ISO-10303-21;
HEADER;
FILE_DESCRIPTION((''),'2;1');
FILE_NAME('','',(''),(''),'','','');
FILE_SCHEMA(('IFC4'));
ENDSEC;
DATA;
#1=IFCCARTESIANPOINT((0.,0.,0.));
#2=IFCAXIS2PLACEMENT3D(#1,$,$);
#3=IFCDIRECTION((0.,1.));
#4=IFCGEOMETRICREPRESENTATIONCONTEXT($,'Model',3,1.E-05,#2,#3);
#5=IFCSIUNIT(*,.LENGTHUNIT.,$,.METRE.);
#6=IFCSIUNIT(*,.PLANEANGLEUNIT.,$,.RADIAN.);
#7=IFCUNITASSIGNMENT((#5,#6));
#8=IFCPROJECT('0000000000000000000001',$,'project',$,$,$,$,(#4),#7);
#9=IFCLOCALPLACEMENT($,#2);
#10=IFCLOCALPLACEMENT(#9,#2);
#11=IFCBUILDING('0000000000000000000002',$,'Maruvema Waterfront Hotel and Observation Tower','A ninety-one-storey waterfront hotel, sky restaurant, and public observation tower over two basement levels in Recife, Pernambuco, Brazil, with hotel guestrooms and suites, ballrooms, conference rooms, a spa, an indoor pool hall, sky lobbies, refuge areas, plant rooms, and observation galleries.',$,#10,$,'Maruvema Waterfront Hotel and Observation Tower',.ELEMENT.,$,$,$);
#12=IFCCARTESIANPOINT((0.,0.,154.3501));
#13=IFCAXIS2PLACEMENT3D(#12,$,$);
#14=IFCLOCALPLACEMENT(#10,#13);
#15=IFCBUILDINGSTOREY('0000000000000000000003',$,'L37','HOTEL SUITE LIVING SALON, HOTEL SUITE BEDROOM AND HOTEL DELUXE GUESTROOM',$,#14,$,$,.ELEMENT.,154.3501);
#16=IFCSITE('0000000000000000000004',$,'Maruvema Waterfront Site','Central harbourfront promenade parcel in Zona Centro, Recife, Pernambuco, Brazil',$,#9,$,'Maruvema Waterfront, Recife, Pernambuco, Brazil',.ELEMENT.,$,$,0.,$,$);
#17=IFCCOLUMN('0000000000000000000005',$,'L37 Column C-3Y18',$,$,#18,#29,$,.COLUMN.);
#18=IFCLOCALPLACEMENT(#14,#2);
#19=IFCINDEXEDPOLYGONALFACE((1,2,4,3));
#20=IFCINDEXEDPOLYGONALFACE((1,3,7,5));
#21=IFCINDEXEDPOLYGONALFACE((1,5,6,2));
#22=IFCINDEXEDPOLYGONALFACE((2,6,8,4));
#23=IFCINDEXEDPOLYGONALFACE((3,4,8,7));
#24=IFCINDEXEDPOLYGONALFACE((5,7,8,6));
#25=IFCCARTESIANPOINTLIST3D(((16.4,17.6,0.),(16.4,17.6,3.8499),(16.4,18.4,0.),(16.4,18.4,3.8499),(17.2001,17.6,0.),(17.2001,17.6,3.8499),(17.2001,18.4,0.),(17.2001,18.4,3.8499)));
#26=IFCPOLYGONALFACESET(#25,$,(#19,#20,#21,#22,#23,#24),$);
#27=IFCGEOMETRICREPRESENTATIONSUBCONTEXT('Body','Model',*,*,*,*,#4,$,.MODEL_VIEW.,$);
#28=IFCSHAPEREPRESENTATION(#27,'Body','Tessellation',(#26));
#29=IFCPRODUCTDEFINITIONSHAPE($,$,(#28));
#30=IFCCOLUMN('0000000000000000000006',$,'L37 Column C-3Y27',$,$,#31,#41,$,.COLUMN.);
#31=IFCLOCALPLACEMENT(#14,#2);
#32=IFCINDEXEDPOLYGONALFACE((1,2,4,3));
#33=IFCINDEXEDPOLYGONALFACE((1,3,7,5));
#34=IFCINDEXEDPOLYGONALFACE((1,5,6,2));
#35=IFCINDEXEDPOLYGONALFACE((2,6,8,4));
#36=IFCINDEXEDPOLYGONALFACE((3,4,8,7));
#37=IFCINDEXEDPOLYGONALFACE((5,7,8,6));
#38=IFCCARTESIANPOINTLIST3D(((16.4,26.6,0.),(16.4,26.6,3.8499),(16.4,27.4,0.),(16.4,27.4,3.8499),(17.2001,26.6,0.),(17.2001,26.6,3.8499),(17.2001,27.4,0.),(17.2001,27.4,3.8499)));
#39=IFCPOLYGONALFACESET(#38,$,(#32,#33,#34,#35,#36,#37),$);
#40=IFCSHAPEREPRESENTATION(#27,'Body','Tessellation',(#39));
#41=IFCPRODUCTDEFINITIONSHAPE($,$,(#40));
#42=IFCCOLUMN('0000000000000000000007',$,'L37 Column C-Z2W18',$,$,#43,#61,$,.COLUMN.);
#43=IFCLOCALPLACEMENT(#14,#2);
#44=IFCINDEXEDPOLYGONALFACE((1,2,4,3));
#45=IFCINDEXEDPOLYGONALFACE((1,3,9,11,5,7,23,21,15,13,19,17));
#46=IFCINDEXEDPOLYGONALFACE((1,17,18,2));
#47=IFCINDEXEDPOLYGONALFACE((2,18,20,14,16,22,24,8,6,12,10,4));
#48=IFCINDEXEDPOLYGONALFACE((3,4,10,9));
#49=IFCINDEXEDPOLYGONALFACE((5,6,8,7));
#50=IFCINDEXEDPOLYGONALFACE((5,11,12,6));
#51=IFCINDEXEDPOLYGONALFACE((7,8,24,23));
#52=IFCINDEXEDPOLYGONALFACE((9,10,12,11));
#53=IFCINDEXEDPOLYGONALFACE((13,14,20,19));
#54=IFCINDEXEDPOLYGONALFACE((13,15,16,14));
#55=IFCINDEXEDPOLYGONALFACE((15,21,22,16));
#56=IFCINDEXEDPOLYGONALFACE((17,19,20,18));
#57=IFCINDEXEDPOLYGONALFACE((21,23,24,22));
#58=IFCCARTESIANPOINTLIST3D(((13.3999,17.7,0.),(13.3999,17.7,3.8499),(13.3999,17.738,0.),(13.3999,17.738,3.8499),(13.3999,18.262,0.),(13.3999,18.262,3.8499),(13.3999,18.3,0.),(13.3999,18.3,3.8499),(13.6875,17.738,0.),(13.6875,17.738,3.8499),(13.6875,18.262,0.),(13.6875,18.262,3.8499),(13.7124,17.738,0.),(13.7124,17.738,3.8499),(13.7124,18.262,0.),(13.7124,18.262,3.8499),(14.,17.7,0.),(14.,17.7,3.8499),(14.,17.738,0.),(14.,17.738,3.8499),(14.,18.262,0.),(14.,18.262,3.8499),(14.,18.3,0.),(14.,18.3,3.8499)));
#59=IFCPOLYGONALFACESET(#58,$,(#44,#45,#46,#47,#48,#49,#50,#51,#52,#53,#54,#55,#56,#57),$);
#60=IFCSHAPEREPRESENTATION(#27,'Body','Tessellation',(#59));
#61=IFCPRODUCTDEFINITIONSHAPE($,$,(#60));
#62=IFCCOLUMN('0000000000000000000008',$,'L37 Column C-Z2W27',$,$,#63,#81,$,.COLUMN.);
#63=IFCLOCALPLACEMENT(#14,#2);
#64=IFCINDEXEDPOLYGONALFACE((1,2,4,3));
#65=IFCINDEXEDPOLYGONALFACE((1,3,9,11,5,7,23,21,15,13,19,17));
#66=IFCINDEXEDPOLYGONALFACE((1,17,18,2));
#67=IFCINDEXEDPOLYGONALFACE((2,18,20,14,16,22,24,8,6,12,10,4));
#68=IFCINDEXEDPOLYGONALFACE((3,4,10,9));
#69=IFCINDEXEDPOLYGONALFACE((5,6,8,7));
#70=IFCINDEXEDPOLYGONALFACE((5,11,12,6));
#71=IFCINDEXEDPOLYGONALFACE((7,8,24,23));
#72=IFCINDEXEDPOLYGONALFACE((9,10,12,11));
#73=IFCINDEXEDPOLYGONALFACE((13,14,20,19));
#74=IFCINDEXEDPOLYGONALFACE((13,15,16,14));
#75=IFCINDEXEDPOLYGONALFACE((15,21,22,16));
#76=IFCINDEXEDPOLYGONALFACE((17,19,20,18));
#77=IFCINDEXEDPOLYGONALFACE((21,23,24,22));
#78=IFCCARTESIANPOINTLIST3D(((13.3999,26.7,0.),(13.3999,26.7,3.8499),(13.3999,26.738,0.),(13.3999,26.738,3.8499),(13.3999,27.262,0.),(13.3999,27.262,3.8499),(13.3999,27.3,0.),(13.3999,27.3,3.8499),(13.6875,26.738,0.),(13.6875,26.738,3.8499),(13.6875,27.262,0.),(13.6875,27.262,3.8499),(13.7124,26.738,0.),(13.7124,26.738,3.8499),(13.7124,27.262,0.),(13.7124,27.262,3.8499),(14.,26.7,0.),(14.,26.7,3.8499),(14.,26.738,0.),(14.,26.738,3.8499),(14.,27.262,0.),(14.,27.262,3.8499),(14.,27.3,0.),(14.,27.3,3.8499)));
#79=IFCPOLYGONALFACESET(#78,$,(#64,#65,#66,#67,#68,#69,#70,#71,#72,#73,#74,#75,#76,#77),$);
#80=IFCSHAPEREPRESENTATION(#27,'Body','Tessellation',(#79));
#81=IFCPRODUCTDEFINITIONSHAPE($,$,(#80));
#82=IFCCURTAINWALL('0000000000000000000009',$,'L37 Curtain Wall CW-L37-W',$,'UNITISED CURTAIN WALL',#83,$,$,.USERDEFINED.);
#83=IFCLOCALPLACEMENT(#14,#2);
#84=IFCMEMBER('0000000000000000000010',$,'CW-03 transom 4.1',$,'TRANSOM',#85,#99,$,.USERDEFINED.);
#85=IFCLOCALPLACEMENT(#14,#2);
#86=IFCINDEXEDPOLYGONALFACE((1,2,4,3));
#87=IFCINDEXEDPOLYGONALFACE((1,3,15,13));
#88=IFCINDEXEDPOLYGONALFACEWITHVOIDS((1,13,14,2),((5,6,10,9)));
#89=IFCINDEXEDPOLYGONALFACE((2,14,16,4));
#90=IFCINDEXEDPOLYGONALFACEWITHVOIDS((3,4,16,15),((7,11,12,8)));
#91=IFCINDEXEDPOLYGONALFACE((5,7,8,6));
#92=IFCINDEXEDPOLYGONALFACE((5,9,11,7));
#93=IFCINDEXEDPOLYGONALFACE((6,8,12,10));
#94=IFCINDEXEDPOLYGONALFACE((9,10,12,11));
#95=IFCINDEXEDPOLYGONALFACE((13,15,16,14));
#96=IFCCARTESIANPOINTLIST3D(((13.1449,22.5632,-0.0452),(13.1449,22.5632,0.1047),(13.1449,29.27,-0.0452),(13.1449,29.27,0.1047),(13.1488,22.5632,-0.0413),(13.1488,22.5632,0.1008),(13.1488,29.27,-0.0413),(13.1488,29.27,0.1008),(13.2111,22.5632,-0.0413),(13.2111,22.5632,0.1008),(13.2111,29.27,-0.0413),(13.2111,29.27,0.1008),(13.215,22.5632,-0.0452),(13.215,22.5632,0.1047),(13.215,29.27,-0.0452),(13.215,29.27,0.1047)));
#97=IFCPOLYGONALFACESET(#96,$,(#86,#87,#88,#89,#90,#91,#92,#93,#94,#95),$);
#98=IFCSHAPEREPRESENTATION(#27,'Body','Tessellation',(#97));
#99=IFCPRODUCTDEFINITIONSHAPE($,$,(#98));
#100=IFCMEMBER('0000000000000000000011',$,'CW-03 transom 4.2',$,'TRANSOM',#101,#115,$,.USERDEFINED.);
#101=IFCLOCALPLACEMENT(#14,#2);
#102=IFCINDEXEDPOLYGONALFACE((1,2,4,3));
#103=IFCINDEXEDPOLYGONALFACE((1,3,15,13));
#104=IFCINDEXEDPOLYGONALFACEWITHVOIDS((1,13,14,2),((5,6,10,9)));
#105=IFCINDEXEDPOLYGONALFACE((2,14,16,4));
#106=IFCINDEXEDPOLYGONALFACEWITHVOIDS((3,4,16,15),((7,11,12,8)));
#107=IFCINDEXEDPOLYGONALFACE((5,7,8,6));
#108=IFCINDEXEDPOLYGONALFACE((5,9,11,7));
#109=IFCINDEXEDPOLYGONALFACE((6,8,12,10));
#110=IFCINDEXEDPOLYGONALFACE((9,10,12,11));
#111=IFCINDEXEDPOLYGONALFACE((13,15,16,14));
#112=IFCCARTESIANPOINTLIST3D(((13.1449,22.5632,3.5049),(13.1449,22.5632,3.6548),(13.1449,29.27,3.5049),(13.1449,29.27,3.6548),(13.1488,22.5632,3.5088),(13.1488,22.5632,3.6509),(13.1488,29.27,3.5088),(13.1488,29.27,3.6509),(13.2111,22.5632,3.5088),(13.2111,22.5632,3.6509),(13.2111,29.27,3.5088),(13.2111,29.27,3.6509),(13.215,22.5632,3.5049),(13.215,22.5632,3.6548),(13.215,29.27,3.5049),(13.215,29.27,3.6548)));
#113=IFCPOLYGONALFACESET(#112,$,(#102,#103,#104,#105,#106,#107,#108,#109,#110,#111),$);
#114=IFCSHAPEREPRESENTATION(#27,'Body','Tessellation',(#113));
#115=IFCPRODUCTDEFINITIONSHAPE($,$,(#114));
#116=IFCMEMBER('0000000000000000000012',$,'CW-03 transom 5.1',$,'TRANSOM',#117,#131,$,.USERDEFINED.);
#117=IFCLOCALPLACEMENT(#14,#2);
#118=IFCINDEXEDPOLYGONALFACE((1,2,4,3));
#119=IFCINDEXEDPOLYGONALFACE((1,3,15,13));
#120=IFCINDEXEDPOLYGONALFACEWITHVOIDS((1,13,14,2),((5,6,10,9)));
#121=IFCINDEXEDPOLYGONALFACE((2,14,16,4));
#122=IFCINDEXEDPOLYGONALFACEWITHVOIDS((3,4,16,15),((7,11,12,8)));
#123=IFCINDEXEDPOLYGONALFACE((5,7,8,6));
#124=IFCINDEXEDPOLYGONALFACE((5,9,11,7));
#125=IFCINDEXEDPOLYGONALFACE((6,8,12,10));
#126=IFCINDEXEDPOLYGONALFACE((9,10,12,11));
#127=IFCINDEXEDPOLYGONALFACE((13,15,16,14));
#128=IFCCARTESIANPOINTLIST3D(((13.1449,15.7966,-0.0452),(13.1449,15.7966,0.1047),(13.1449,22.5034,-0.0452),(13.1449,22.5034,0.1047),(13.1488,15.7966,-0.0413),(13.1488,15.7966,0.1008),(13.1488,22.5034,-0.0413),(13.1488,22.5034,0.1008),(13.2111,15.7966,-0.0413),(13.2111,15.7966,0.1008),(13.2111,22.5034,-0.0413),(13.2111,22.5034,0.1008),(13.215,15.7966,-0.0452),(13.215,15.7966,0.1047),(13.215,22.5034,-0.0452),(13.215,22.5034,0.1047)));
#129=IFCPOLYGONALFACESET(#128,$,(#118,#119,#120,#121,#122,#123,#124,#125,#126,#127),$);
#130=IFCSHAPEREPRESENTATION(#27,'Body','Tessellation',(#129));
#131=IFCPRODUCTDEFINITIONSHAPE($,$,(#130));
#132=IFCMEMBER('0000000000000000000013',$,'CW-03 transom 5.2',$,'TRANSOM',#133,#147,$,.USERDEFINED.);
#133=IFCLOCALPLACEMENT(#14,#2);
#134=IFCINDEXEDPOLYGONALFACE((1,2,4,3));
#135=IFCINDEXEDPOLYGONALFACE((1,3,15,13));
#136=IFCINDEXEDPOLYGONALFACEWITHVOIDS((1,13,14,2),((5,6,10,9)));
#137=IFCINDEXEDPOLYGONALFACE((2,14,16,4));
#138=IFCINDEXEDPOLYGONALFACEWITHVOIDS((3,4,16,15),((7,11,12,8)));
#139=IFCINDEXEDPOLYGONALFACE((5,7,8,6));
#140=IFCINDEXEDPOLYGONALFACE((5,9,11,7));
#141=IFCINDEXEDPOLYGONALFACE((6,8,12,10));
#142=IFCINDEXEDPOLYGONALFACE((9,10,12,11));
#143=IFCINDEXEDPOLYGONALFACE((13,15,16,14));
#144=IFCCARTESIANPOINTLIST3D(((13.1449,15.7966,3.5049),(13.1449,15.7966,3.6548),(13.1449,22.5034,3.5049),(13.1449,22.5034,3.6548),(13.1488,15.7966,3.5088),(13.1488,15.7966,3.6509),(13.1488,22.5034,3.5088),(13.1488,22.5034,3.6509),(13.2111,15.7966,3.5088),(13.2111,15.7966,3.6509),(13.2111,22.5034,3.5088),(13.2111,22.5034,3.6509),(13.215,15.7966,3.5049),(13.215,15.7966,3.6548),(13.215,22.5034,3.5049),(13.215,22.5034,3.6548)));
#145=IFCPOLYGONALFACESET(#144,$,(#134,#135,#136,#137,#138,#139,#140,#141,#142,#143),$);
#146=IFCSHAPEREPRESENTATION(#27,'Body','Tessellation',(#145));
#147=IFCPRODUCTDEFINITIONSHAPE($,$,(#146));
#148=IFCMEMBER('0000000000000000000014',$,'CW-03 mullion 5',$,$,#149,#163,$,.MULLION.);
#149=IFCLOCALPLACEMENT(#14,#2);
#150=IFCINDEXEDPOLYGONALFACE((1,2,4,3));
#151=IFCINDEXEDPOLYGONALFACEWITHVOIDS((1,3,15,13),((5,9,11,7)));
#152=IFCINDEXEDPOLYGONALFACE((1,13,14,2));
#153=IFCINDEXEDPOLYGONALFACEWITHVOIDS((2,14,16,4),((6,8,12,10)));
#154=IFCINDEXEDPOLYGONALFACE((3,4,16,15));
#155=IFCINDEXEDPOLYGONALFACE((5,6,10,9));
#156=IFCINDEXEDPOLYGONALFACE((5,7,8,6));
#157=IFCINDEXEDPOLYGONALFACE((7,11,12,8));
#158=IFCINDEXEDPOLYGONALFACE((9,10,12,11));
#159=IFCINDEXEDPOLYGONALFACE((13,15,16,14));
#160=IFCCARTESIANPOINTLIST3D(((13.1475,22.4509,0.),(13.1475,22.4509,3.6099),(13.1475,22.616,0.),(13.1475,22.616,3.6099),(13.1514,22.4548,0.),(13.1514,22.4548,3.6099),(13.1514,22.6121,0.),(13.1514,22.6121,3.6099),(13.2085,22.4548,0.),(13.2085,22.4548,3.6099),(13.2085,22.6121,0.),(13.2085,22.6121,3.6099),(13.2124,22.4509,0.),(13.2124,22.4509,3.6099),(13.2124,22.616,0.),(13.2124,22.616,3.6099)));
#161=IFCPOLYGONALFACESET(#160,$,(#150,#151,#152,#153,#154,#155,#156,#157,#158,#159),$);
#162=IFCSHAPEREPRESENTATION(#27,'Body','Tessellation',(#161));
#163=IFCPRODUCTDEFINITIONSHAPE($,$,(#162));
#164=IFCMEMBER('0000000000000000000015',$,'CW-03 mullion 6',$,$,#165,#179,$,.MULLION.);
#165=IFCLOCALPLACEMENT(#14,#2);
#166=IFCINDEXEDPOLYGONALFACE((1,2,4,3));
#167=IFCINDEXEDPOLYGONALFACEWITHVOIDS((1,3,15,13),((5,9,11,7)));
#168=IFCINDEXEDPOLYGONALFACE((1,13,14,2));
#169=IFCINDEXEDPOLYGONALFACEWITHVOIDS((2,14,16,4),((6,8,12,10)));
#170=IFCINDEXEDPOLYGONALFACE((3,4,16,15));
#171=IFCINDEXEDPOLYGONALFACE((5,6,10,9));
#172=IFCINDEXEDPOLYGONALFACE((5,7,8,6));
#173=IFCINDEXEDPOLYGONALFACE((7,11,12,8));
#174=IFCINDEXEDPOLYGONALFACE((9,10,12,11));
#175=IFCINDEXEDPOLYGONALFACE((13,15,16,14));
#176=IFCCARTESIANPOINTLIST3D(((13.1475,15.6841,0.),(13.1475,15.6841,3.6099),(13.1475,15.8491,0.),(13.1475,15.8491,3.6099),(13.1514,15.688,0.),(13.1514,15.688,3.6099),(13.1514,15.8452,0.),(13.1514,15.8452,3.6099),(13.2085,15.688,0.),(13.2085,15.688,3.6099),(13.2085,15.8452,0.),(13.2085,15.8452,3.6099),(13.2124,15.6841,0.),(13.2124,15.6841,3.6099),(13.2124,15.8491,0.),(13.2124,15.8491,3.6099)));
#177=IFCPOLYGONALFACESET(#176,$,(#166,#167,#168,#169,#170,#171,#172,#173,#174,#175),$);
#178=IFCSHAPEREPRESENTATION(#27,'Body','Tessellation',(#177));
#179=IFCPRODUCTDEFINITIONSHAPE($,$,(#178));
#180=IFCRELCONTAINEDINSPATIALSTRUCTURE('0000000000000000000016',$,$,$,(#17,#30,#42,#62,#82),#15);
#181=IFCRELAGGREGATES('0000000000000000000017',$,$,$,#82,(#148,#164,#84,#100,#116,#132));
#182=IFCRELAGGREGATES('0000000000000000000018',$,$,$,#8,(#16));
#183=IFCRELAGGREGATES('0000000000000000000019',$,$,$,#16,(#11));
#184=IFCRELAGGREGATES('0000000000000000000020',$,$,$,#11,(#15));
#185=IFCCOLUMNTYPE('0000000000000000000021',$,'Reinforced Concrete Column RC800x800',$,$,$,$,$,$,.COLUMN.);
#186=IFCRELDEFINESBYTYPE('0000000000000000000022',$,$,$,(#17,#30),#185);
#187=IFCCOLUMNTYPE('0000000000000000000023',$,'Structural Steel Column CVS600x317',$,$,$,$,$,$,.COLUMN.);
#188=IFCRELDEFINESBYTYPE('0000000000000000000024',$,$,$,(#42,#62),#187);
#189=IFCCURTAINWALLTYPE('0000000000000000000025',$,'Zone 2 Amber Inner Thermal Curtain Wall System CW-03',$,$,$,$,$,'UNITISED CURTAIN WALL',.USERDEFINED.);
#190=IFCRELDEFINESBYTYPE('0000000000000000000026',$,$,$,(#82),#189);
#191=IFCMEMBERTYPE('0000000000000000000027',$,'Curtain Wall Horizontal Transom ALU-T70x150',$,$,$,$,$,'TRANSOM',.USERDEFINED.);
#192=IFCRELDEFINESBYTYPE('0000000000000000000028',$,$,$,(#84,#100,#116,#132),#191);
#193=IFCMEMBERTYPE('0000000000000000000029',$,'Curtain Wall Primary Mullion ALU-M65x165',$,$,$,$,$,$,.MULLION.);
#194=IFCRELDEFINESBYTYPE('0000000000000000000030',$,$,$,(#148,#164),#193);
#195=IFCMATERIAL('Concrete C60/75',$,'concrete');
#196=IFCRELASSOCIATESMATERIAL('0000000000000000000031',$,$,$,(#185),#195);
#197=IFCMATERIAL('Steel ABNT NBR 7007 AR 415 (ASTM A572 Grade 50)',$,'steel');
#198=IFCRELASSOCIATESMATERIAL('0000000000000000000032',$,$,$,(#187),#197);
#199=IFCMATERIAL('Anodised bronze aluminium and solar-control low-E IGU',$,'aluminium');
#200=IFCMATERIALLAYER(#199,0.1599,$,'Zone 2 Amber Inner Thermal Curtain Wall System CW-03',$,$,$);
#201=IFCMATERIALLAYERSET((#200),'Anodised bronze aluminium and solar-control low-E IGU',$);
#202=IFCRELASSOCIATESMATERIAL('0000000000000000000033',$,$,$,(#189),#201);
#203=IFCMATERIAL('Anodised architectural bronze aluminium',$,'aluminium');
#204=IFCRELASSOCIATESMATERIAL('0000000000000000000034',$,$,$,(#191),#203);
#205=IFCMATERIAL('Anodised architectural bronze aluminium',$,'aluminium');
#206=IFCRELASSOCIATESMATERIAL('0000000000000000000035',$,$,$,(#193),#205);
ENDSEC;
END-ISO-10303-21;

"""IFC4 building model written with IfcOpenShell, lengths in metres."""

from ifc_helpers import new_model, si_unit, direction, frame, origin, origin_2d, place, context, subcontext, project, spatial, rectangle, hollow_rectangle, i_section, extrude, material, layer, layer_set, material_profile, profile_set, type_object, element, aggregate, save


model = new_model("IFC4")

# Units and contexts
model_context = context("Model", 3, precision=1e-05, world=origin(), true_north=direction((0.0, 1.0)))
body_context = subcontext(model_context, "Body", "Model", "MODEL_VIEW")
ifc_project = project(units=[si_unit("LENGTHUNIT", "METRE"), si_unit("PLANEANGLEUNIT", "RADIAN")], contexts=[model_context])

# Site, building, storey
site_placement = place(None, origin())
site = spatial("IfcSite", under=ifc_project, at=site_placement, Name="Maruvema Waterfront Site", Description="Central harbourfront promenade parcel in Zona Centro, Recife, Pernambuco, Brazil", LongName="Maruvema Waterfront, Recife, Pernambuco, Brazil", CompositionType="ELEMENT", RefElevation=0.0)
building_placement = place(site_placement, origin())
building = spatial("IfcBuilding", under=site, at=building_placement, Name="Maruvema Waterfront Hotel and Observation Tower", Description="A ninety-one-storey waterfront hotel, sky restaurant, and public observation tower over two basement levels in Recife, Pernambuco, Brazil, with hotel guestrooms and suites, ballrooms, conference rooms, a spa, an indoor pool hall, sky lobbies, refuge areas, plant rooms, and observation galleries.", LongName="Maruvema Waterfront Hotel and Observation Tower", CompositionType="ELEMENT")
storey_placement = place(building_placement, frame((0.0, 0.0, 154.3501)))
storey = spatial("IfcBuildingStorey", under=building, at=storey_placement, Name="L37", Description="HOTEL SUITE LIVING SALON, HOTEL SUITE BEDROOM AND HOTEL DELUXE GUESTROOM", CompositionType="ELEMENT", Elevation=154.3501)

# Columns
ifc_material_1 = material(Name="Concrete C60/75", Category="concrete")
ifc_material_profile_1 = material_profile(ifc_material_1, rectangle(XDim=0.8, YDim=0.8, at=origin_2d()), Name="RC800x800")
ifc_profile_set_1 = profile_set([ifc_material_profile_1], Name="Concrete C60/75")
column_type_1 = type_object("IfcColumnType", Name="Reinforced Concrete Column RC800x800", PredefinedType="COLUMN", material=ifc_profile_set_1)
for number, where, z_axis, x_axis, name in (
    (1, (16.8, 18.0, 0.0), (0.0, 0.0, 1.0), (1.0, 0.0, 0.0), "L37 Column C-3Y18"),
    (2, (16.8, 27.0, 0.0), (0.0, 0.0, 1.0), (1.0, 0.0, 0.0), "L37 Column C-3Y27"),
):
    element("IfcColumn", number, at=place(storey_placement, frame(where, z_axis=z_axis, x_axis=x_axis)), inside=storey, type_object=column_type_1, Name=name, PredefinedType="COLUMN", context=body_context, shape_type="SweptSolid", body=[
        extrude(rectangle(XDim=0.8, YDim=0.8, at=origin_2d()), origin(), (0.0, 0.0, 1.0), 3.8499),
    ])
ifc_material_2 = material(Name="Steel ABNT NBR 7007 AR 415 (ASTM A572 Grade 50)", Category="steel")
ifc_material_profile_2 = material_profile(ifc_material_2, i_section(OverallWidth=0.6001, OverallDepth=0.6001, WebThickness=0.0249, FlangeThickness=0.0381, at=origin_2d()), Name="CVS600x317")
ifc_profile_set_2 = profile_set([ifc_material_profile_2], Name="Steel ABNT NBR 7007 AR 415 (ASTM A572 Grade 50)")
column_type_2 = type_object("IfcColumnType", Name="Structural Steel Column CVS600x317", PredefinedType="COLUMN", material=ifc_profile_set_2)
for number, where, z_axis, x_axis, name in (
    (3, (13.7, 18.0, 0.0), (0.0, 0.0, 1.0), (1.0, 0.0, 0.0), "L37 Column C-Z2W18"),
    (4, (13.7, 27.0, 0.0), (0.0, 0.0, 1.0), (1.0, 0.0, 0.0), "L37 Column C-Z2W27"),
):
    element("IfcColumn", number, at=place(storey_placement, frame(where, z_axis=z_axis, x_axis=x_axis)), inside=storey, type_object=column_type_2, Name=name, PredefinedType="COLUMN", context=body_context, shape_type="SweptSolid", body=[
        extrude(i_section(OverallWidth=0.6001, OverallDepth=0.6001, WebThickness=0.0249, FlangeThickness=0.0381, at=origin_2d()), origin(), (0.0, 0.0, 1.0), 3.8499),
    ])

# Curtain wall, members
ifc_material_3 = material(Name="Anodised bronze aluminium and solar-control low-E IGU", Category="aluminium")
ifc_layer_1 = layer(ifc_material_3, 0.1599, Name="Zone 2 Amber Inner Thermal Curtain Wall System CW-03")
ifc_layer_set_1 = layer_set([ifc_layer_1], Name="Anodised bronze aluminium and solar-control low-E IGU")
curtain_wall_type = type_object("IfcCurtainWallType", Name="Zone 2 Amber Inner Thermal Curtain Wall System CW-03", ElementType="UNITISED CURTAIN WALL", PredefinedType="USERDEFINED", material=ifc_layer_set_1)
curtain_wall_placement = place(storey_placement, origin())
curtain_wall = element("IfcCurtainWall", 5, at=curtain_wall_placement, inside=storey, type_object=curtain_wall_type, Name="L37 Curtain Wall CW-L37-W", ObjectType="UNITISED CURTAIN WALL", PredefinedType="USERDEFINED")
ifc_material_4 = material(Name="Anodised architectural bronze aluminium", Category="aluminium")
ifc_material_profile_3 = material_profile(ifc_material_4, hollow_rectangle(XDim=0.0701, YDim=0.1499, WallThickness=0.0039, at=origin_2d()), Name="ALU-T70x150")
ifc_profile_set_3 = profile_set([ifc_material_profile_3], Name="Anodised architectural bronze aluminium")
member_type_1 = type_object("IfcMemberType", Name="Curtain Wall Horizontal Transom ALU-T70x150", ElementType="TRANSOM", PredefinedType="USERDEFINED", material=ifc_profile_set_3)
member_1_placement = place(storey_placement, frame((13.1799, 29.27, 0.0298), z_axis=(0.0, -1.0, 0.0), x_axis=(1.0, 0.0, 0.0)))
member_1 = element("IfcMember", 6, at=member_1_placement, type_object=member_type_1, Name="CW-03 transom 4.1", ObjectType="TRANSOM", PredefinedType="USERDEFINED", context=body_context, shape_type="SweptSolid", body=[
    extrude(hollow_rectangle(XDim=0.0701, YDim=0.1499, WallThickness=0.0039, at=origin_2d()), origin(), (0.0, 0.0, 1.0), 6.7068),
])
member_2_placement = place(storey_placement, frame((13.1799, 29.27, 3.5798), z_axis=(0.0, -1.0, 0.0), x_axis=(1.0, 0.0, 0.0)))
member_2 = element("IfcMember", 7, at=member_2_placement, type_object=member_type_1, Name="CW-03 transom 4.2", ObjectType="TRANSOM", PredefinedType="USERDEFINED", context=body_context, shape_type="SweptSolid", body=[
    extrude(hollow_rectangle(XDim=0.0701, YDim=0.1499, WallThickness=0.0039, at=origin_2d()), origin(), (0.0, 0.0, 1.0), 6.7068),
])
member_3_placement = place(storey_placement, frame((13.1799, 22.5034, 0.0298), z_axis=(0.0, -1.0, 0.0), x_axis=(1.0, 0.0, 0.0)))
member_3 = element("IfcMember", 8, at=member_3_placement, type_object=member_type_1, Name="CW-03 transom 5.1", ObjectType="TRANSOM", PredefinedType="USERDEFINED", context=body_context, shape_type="SweptSolid", body=[
    extrude(hollow_rectangle(XDim=0.0701, YDim=0.1499, WallThickness=0.0039, at=origin_2d()), origin(), (0.0, 0.0, 1.0), 6.7068),
])
member_4_placement = place(storey_placement, frame((13.1799, 22.5034, 3.5798), z_axis=(0.0, -1.0, 0.0), x_axis=(1.0, 0.0, 0.0)))
member_4 = element("IfcMember", 9, at=member_4_placement, type_object=member_type_1, Name="CW-03 transom 5.2", ObjectType="TRANSOM", PredefinedType="USERDEFINED", context=body_context, shape_type="SweptSolid", body=[
    extrude(hollow_rectangle(XDim=0.0701, YDim=0.1499, WallThickness=0.0039, at=origin_2d()), origin(), (0.0, 0.0, 1.0), 6.7068),
])
ifc_material_5 = material(Name="Anodised architectural bronze aluminium", Category="aluminium")
ifc_material_profile_4 = material_profile(ifc_material_5, hollow_rectangle(XDim=0.0649, YDim=0.165, WallThickness=0.0039, at=origin_2d()), Name="ALU-M65x165")
ifc_profile_set_4 = profile_set([ifc_material_profile_4], Name="Anodised architectural bronze aluminium")
member_type_2 = type_object("IfcMemberType", Name="Curtain Wall Primary Mullion ALU-M65x165", PredefinedType="MULLION", material=ifc_profile_set_4)
member_5_placement = place(storey_placement, frame((13.1799, 22.5334, 0.0), z_axis=(0.0, 0.0, 1.0), x_axis=(1.0, 0.0, 0.0)))
member_5 = element("IfcMember", 10, at=member_5_placement, type_object=member_type_2, Name="CW-03 mullion 5", PredefinedType="MULLION", context=body_context, shape_type="SweptSolid", body=[
    extrude(hollow_rectangle(XDim=0.0649, YDim=0.165, WallThickness=0.0039, at=origin_2d()), origin(), (0.0, 0.0, 1.0), 3.6099),
])
member_6_placement = place(storey_placement, frame((13.1799, 15.7666, 0.0), z_axis=(0.0, 0.0, 1.0), x_axis=(1.0, 0.0, 0.0)))
member_6 = element("IfcMember", 11, at=member_6_placement, type_object=member_type_2, Name="CW-03 mullion 6", PredefinedType="MULLION", context=body_context, shape_type="SweptSolid", body=[
    extrude(hollow_rectangle(XDim=0.0649, YDim=0.165, WallThickness=0.0039, at=origin_2d()), origin(), (0.0, 0.0, 1.0), 3.6099),
])

aggregate(curtain_wall, [member_5, member_6, member_1, member_2, member_3, member_4])

save(model, "model.ifc")
